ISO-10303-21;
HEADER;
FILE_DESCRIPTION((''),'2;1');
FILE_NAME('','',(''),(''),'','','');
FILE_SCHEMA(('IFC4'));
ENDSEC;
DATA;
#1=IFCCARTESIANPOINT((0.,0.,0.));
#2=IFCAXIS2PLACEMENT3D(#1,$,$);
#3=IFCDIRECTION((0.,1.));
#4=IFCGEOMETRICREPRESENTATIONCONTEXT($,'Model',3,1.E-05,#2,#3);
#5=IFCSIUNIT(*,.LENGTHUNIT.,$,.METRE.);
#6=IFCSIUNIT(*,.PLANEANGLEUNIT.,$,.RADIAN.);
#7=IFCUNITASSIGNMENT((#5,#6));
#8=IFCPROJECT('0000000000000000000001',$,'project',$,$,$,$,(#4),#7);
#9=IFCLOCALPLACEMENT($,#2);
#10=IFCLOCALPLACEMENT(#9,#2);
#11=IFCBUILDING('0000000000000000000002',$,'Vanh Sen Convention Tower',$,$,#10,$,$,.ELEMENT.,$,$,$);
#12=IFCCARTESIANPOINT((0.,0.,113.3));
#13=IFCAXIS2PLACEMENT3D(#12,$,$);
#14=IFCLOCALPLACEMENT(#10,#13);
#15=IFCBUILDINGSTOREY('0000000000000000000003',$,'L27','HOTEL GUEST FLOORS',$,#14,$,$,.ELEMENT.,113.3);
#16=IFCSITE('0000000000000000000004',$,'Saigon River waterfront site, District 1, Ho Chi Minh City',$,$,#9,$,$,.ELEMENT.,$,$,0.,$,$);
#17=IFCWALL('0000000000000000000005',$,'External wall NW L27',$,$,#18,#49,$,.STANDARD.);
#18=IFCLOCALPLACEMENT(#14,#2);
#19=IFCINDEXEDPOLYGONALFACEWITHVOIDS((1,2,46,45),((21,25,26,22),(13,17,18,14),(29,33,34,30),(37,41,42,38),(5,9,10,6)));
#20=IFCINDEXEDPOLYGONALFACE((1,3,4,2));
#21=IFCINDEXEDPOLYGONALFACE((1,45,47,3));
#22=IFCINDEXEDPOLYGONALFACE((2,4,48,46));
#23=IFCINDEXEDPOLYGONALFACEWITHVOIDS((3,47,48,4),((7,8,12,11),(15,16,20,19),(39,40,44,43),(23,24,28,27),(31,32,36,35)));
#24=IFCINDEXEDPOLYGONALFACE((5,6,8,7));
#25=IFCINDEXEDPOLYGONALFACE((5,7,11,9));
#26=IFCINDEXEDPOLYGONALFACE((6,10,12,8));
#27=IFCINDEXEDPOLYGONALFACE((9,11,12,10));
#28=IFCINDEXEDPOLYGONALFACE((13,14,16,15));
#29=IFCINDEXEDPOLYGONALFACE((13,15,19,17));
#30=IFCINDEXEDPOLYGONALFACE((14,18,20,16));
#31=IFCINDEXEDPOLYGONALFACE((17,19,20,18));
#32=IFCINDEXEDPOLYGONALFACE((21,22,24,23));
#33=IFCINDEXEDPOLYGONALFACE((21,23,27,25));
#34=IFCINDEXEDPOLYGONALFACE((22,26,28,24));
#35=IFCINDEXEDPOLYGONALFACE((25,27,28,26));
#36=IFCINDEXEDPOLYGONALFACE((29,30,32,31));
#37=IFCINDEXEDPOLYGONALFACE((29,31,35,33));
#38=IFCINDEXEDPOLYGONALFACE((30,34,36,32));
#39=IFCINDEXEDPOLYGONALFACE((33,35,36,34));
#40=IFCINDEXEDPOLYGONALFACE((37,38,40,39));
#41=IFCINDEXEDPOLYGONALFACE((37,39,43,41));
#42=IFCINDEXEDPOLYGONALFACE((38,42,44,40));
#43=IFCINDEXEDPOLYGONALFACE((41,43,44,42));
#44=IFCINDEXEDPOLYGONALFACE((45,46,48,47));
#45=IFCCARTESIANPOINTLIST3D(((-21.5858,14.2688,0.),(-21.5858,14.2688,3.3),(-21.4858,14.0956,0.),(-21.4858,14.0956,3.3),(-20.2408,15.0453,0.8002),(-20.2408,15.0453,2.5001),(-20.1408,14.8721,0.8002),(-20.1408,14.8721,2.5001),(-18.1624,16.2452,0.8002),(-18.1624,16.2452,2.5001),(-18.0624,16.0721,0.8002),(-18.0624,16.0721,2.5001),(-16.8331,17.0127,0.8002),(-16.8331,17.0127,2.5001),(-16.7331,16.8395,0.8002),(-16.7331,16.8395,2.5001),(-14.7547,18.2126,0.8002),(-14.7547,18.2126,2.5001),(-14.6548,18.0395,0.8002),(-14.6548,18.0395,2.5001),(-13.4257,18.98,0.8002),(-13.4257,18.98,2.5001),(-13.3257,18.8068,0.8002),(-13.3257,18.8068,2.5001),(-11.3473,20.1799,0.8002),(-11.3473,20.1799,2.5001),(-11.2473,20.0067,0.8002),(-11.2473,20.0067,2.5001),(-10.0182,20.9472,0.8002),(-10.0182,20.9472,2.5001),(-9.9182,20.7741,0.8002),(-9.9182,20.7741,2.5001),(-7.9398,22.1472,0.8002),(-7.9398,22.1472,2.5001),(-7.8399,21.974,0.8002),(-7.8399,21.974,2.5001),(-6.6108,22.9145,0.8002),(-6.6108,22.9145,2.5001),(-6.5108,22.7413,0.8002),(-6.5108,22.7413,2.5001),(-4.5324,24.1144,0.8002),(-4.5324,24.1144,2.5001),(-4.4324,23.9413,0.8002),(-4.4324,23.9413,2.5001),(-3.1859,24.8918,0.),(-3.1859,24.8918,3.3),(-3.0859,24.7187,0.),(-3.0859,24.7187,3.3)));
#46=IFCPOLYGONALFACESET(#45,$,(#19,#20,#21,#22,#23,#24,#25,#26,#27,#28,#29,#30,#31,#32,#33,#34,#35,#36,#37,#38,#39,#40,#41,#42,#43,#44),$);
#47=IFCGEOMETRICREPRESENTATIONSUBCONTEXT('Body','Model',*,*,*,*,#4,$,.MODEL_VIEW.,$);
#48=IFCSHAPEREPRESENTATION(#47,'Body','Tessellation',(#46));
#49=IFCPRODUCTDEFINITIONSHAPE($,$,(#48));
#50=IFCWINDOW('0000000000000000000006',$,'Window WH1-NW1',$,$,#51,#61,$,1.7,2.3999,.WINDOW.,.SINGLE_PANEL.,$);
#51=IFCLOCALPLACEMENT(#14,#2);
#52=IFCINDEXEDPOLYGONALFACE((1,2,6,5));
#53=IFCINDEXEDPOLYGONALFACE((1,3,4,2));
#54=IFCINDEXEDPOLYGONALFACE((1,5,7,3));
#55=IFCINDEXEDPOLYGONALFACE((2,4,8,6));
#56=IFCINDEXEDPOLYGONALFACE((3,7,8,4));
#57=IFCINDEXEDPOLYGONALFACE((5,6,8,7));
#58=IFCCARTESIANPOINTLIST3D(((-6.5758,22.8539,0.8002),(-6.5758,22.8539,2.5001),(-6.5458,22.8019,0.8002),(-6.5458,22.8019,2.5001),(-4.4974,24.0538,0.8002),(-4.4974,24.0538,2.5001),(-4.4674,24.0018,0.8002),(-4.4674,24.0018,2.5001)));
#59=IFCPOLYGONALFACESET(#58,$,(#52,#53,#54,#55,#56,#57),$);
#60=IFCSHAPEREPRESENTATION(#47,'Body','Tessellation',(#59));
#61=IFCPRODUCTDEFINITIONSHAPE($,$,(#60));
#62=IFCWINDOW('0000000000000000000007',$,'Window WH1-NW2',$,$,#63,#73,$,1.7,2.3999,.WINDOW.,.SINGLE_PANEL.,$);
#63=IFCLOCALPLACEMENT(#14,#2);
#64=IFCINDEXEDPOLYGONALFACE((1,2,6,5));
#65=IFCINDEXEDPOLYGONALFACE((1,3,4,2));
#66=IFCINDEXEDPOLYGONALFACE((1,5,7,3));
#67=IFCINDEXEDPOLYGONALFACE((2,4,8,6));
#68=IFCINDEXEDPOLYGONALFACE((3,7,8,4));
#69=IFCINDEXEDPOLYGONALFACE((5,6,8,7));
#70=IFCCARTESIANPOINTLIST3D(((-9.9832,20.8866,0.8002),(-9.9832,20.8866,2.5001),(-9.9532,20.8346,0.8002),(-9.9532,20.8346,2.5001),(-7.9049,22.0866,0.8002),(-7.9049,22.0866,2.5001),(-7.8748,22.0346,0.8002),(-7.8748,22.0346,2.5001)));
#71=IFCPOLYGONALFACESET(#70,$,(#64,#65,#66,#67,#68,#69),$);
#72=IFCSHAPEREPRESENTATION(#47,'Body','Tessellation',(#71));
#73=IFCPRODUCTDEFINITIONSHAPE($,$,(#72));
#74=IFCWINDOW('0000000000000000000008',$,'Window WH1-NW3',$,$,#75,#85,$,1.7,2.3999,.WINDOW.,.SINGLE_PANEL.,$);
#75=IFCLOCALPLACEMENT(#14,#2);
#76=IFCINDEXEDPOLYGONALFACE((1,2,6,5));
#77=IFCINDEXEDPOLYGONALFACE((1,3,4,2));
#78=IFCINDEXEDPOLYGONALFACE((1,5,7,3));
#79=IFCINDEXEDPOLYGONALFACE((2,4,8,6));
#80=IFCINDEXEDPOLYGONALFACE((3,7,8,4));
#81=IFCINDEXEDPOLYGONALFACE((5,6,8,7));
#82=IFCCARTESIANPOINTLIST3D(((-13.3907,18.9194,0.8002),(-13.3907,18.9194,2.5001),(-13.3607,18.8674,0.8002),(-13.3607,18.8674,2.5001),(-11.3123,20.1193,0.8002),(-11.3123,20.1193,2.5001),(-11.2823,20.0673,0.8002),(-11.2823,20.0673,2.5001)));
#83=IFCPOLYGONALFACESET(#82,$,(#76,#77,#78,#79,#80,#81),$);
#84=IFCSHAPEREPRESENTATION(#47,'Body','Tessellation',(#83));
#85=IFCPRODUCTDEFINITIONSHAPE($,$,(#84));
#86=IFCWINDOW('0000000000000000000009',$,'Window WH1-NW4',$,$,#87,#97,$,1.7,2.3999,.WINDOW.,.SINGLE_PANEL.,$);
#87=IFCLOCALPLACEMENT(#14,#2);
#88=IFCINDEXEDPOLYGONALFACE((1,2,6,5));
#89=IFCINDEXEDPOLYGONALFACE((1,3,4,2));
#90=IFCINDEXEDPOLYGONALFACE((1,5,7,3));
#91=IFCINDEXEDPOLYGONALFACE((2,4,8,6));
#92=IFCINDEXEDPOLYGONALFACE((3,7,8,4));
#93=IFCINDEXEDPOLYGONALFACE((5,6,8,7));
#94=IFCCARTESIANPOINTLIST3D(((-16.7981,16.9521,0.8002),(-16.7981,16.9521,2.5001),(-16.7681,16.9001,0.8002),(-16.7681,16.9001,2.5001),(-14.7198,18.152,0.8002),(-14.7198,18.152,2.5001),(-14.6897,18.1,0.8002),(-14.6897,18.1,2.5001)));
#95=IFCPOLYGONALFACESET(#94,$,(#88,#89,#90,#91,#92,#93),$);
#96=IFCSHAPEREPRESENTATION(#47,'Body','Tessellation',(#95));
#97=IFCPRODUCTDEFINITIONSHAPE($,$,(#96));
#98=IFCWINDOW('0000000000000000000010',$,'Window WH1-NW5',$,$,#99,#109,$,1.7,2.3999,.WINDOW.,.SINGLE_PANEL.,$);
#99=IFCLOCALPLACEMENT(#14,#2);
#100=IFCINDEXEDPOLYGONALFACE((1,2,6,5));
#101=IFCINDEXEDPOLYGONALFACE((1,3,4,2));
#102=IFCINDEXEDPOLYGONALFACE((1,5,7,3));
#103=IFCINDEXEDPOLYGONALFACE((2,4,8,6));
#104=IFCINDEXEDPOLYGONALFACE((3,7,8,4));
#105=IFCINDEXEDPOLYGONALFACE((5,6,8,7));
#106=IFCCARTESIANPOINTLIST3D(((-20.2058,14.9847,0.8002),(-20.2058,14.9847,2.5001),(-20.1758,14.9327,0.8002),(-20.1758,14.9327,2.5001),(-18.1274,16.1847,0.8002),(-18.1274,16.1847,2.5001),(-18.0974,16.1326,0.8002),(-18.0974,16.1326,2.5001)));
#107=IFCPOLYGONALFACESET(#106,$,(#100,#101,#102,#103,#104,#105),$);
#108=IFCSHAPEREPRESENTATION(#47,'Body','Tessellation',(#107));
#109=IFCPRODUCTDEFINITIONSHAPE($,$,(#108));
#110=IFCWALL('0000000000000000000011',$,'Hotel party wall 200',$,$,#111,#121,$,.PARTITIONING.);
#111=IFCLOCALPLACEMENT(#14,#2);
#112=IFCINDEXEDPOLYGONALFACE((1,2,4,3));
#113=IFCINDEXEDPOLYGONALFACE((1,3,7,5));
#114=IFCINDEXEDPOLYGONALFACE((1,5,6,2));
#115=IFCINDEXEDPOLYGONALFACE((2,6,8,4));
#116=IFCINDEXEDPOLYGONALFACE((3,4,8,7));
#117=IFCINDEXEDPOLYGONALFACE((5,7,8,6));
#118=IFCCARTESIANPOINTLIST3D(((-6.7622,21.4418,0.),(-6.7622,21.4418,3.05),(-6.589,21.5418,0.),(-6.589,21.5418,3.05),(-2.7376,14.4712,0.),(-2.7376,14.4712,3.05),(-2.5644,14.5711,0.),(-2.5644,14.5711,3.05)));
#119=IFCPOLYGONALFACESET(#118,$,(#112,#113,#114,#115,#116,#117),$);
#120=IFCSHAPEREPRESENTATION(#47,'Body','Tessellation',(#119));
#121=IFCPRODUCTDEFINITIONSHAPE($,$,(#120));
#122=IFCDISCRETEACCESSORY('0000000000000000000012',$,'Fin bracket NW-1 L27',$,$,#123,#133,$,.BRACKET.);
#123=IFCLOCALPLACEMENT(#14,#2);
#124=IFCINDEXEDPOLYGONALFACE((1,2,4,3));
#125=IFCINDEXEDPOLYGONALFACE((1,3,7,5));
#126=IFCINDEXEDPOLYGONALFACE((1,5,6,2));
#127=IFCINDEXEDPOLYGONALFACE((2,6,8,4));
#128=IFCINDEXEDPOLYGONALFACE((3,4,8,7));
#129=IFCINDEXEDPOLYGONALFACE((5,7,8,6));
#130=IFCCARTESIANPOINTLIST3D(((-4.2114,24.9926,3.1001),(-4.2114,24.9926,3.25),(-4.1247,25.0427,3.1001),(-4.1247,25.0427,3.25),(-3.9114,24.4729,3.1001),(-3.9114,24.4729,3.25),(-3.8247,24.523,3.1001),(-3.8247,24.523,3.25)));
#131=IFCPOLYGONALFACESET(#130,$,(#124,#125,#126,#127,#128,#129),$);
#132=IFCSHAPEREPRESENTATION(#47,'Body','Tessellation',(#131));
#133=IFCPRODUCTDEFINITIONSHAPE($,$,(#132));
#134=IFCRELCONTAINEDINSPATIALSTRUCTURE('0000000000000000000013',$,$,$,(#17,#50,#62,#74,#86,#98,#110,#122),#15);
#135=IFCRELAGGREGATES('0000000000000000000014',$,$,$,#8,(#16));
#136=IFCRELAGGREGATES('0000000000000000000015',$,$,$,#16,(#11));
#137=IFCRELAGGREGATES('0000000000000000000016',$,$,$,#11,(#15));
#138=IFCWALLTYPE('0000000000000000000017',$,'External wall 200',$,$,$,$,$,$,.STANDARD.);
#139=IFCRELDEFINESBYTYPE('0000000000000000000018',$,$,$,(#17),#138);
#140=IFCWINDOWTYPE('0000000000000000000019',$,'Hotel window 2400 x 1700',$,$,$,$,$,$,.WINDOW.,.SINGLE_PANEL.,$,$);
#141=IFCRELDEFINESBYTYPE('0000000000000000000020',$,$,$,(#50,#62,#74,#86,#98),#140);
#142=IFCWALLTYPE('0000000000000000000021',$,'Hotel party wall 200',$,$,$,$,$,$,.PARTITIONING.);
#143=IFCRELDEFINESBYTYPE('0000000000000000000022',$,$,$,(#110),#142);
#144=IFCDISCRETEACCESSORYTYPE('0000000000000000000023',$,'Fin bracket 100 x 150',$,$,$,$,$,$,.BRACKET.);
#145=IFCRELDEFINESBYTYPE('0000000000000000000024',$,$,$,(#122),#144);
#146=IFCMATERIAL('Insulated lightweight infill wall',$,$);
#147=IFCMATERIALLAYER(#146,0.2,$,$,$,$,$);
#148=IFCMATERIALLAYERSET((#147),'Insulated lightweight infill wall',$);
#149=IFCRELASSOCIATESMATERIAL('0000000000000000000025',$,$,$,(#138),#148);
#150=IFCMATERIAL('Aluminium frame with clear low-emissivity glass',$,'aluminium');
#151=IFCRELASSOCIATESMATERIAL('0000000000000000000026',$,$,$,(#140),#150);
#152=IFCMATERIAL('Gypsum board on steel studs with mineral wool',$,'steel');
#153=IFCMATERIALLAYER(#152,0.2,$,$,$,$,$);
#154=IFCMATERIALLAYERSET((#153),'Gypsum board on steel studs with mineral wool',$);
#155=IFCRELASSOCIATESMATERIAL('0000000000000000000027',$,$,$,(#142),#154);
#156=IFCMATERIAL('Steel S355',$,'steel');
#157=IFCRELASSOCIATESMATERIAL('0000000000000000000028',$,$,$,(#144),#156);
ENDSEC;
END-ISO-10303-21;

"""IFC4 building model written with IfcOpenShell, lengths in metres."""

from ifc_helpers import new_model, si_unit, direction, frame, frame_2d, origin, origin_2d, place, context, subcontext, project, spatial, rectangle, extrude, material, layer, layer_set, type_object, element, fill, save


model = new_model("IFC4")

# Units and contexts
model_context = context("Model", 3, precision=1e-05, world=origin(), true_north=direction((0.0, 1.0)))
body_context = subcontext(model_context, "Body", "Model", "MODEL_VIEW")
ifc_project = project(units=[si_unit("LENGTHUNIT", "METRE"), si_unit("PLANEANGLEUNIT", "RADIAN")], contexts=[model_context])

# Site, building, storey
site_placement = place(None, origin())
site = spatial("IfcSite", under=ifc_project, at=site_placement, Name="Saigon River waterfront site, District 1, Ho Chi Minh City", CompositionType="ELEMENT", RefElevation=0.0)
building_placement = place(site_placement, origin())
building = spatial("IfcBuilding", under=site, at=building_placement, Name="Vanh Sen Convention Tower", CompositionType="ELEMENT")
storey_placement = place(building_placement, frame((0.0, 0.0, 113.3)))
storey = spatial("IfcBuildingStorey", under=building, at=storey_placement, Name="L27", Description="HOTEL GUEST FLOORS", CompositionType="ELEMENT", Elevation=113.3)

# Shared definitions
ifc_material_1 = material(Name="Gypsum board on steel studs with mineral wool", Category="steel")

# Wall, openings, windows
ifc_material_2 = material(Name="Insulated lightweight infill wall")
ifc_layer_1 = layer(ifc_material_2, 0.2)
ifc_layer_set_1 = layer_set([ifc_layer_1], Name="Insulated lightweight infill wall")
wall_type_1 = type_object("IfcWallType", Name="External wall 200", PredefinedType="STANDARD", material=ifc_layer_set_1)
wall_1_placement = place(storey_placement, frame((-3.136, 24.8052, 0.0), z_axis=(0.0, 0.0, 1.0), x_axis=(-0.866028, -0.499995, 0.0)))
wall_1 = element("IfcWall", 1, at=wall_1_placement, inside=storey, type_object=wall_type_1, Name="External wall NW L27", PredefinedType="STANDARD", context=body_context, shape_type="SweptSolid", body=[
    extrude(rectangle(XDim=21.2463, YDim=0.2, at=frame_2d((10.623, 0.0))), origin(), (0.0, 0.0, 1.0), 3.3),
])
opening_1_placement = place(wall_1_placement, frame((1.5547, 0.0, 0.8)))
opening_1 = element("IfcOpeningElement", 2, at=opening_1_placement, cuts=wall_1, PredefinedType="OPENING", context=body_context, shape_type="SweptSolid", body=[
    extrude(rectangle(XDim=2.3999, YDim=1.7, at=frame_2d((1.2, 0.8501))), frame((0.0, 0.1099, 0.0), z_axis=(0.0, -1.0, 0.0), x_axis=(1.0, 0.0, 0.0)), (0.0, 0.0, 1.0), 0.22),
])
opening_2_placement = place(wall_1_placement, frame((5.4893, 0.0, 0.8)))
opening_2 = element("IfcOpeningElement", 3, at=opening_2_placement, cuts=wall_1, PredefinedType="OPENING", context=body_context, shape_type="SweptSolid", body=[
    extrude(rectangle(XDim=2.3999, YDim=1.7, at=frame_2d((1.2, 0.8501))), frame((0.0, 0.1099, 0.0), z_axis=(0.0, -1.0, 0.0), x_axis=(1.0, 0.0, 0.0)), (0.0, 0.0, 1.0), 0.22),
])
opening_3_placement = place(wall_1_placement, frame((9.4238, 0.0, 0.8)))
opening_3 = element("IfcOpeningElement", 4, at=opening_3_placement, cuts=wall_1, PredefinedType="OPENING", context=body_context, shape_type="SweptSolid", body=[
    extrude(rectangle(XDim=2.3999, YDim=1.7, at=frame_2d((1.2, 0.8501))), frame((0.0, 0.1099, 0.0), z_axis=(0.0, -1.0, 0.0), x_axis=(1.0, 0.0, 0.0)), (0.0, 0.0, 1.0), 0.22),
])
opening_4_placement = place(wall_1_placement, frame((13.3584, 0.0, 0.8)))
opening_4 = element("IfcOpeningElement", 5, at=opening_4_placement, cuts=wall_1, PredefinedType="OPENING", context=body_context, shape_type="SweptSolid", body=[
    extrude(rectangle(XDim=2.3999, YDim=1.7, at=frame_2d((1.2, 0.8501))), frame((0.0, 0.1099, 0.0), z_axis=(0.0, -1.0, 0.0), x_axis=(1.0, 0.0, 0.0)), (0.0, 0.0, 1.0), 0.22),
])
opening_5_placement = place(wall_1_placement, frame((17.2932, 0.0, 0.8)))
opening_5 = element("IfcOpeningElement", 6, at=opening_5_placement, cuts=wall_1, PredefinedType="OPENING", context=body_context, shape_type="SweptSolid", body=[
    extrude(rectangle(XDim=2.3999, YDim=1.7, at=frame_2d((1.2, 0.8501))), frame((0.0, 0.1099, 0.0), z_axis=(0.0, -1.0, 0.0), x_axis=(1.0, 0.0, 0.0)), (0.0, 0.0, 1.0), 0.22),
])
ifc_material_3 = material(Name="Aluminium frame with clear low-emissivity glass", Category="aluminium")
window_type = type_object("IfcWindowType", Name="Hotel window 2400 x 1700", PartitioningType="SINGLE_PANEL", PredefinedType="WINDOW", material=ifc_material_3)
window_1_placement = place(opening_1_placement, origin())
window_1 = element("IfcWindow", 7, at=window_1_placement, inside=storey, type_object=window_type, Name="Window WH1-NW1", OverallHeight=1.7, OverallWidth=2.3999, PartitioningType="SINGLE_PANEL", PredefinedType="WINDOW", context=body_context, shape_type="SweptSolid", body=[
    extrude(rectangle(XDim=2.3999, YDim=1.7, at=frame_2d((1.2, 0.8501))), frame((0.0, 0.03, 0.0), z_axis=(0.0, -1.0, 0.0), x_axis=(1.0, 0.0, 0.0)), (0.0, 0.0, 1.0), 0.0601),
])
fill(opening_1, window_1)
window_2_placement = place(opening_2_placement, origin())
window_2 = element("IfcWindow", 8, at=window_2_placement, inside=storey, type_object=window_type, Name="Window WH1-NW2", OverallHeight=1.7, OverallWidth=2.3999, PartitioningType="SINGLE_PANEL", PredefinedType="WINDOW", context=body_context, shape_type="SweptSolid", body=[
    extrude(rectangle(XDim=2.3999, YDim=1.7, at=frame_2d((1.2, 0.8501))), frame((0.0, 0.03, 0.0), z_axis=(0.0, -1.0, 0.0), x_axis=(1.0, 0.0, 0.0)), (0.0, 0.0, 1.0), 0.0601),
])
fill(opening_2, window_2)
window_3_placement = place(opening_3_placement, origin())
window_3 = element("IfcWindow", 9, at=window_3_placement, inside=storey, type_object=window_type, Name="Window WH1-NW3", OverallHeight=1.7, OverallWidth=2.3999, PartitioningType="SINGLE_PANEL", PredefinedType="WINDOW", context=body_context, shape_type="SweptSolid", body=[
    extrude(rectangle(XDim=2.3999, YDim=1.7, at=frame_2d((1.2, 0.8501))), frame((0.0, 0.03, 0.0), z_axis=(0.0, -1.0, 0.0), x_axis=(1.0, 0.0, 0.0)), (0.0, 0.0, 1.0), 0.0601),
])
fill(opening_3, window_3)
window_4_placement = place(opening_4_placement, origin())
window_4 = element("IfcWindow", 10, at=window_4_placement, inside=storey, type_object=window_type, Name="Window WH1-NW4", OverallHeight=1.7, OverallWidth=2.3999, PartitioningType="SINGLE_PANEL", PredefinedType="WINDOW", context=body_context, shape_type="SweptSolid", body=[
    extrude(rectangle(XDim=2.3999, YDim=1.7, at=frame_2d((1.2, 0.8501))), frame((0.0, 0.03, 0.0), z_axis=(0.0, -1.0, 0.0), x_axis=(1.0, 0.0, 0.0)), (0.0, 0.0, 1.0), 0.0601),
])
fill(opening_4, window_4)
window_5_placement = place(opening_5_placement, origin())
window_5 = element("IfcWindow", 11, at=window_5_placement, inside=storey, type_object=window_type, Name="Window WH1-NW5", OverallHeight=1.7, OverallWidth=2.3999, PartitioningType="SINGLE_PANEL", PredefinedType="WINDOW", context=body_context, shape_type="SweptSolid", body=[
    extrude(rectangle(XDim=2.3999, YDim=1.7, at=frame_2d((1.2, 0.8501))), frame((0.0, 0.03, 0.0), z_axis=(0.0, -1.0, 0.0), x_axis=(1.0, 0.0, 0.0)), (0.0, 0.0, 1.0), 0.0601),
])
fill(opening_5, window_5)

# Wall
ifc_layer_2 = layer(ifc_material_1, 0.2)
ifc_layer_set_2 = layer_set([ifc_layer_2], Name="Gypsum board on steel studs with mineral wool")
wall_type_2 = type_object("IfcWallType", Name="Hotel party wall 200", PredefinedType="PARTITIONING", material=ifc_layer_set_2)
wall_2_placement = place(storey_placement, frame((-6.6755, 21.4917, 0.0), z_axis=(0.0, 0.0, 1.0), x_axis=(0.500011, -0.866019, 0.0)))
element("IfcWall", 12, at=wall_2_placement, inside=storey, type_object=wall_type_2, Name="Hotel party wall 200", PredefinedType="PARTITIONING", context=body_context, shape_type="SweptSolid", body=[
    extrude(rectangle(XDim=8.0491, YDim=0.2, at=frame_2d((4.0244, 0.0))), origin(), (0.0, 0.0, 1.0), 3.05),
])

# Discrete accessory
ifc_material_4 = material(Name="Steel S355", Category="steel")
discrete_accessory_type = type_object("IfcDiscreteAccessoryType", Name="Fin bracket 100 x 150", PredefinedType="BRACKET", material=ifc_material_4)
discrete_accessory_placement = place(storey_placement, frame((-4.0181, 24.7578, 3.1001), z_axis=(0.0, 0.0, 1.0), x_axis=(-0.5, 0.866025, 0.0)))
element("IfcDiscreteAccessory", 13, at=discrete_accessory_placement, inside=storey, type_object=discrete_accessory_type, Name="Fin bracket NW-1 L27", PredefinedType="BRACKET", context=body_context, shape_type="SweptSolid", body=[
    extrude(rectangle(XDim=0.6001, YDim=0.1001, at=origin_2d()), origin(), (0.0, 0.0, 1.0), 0.1499),
])

save(model, "model.ifc")
